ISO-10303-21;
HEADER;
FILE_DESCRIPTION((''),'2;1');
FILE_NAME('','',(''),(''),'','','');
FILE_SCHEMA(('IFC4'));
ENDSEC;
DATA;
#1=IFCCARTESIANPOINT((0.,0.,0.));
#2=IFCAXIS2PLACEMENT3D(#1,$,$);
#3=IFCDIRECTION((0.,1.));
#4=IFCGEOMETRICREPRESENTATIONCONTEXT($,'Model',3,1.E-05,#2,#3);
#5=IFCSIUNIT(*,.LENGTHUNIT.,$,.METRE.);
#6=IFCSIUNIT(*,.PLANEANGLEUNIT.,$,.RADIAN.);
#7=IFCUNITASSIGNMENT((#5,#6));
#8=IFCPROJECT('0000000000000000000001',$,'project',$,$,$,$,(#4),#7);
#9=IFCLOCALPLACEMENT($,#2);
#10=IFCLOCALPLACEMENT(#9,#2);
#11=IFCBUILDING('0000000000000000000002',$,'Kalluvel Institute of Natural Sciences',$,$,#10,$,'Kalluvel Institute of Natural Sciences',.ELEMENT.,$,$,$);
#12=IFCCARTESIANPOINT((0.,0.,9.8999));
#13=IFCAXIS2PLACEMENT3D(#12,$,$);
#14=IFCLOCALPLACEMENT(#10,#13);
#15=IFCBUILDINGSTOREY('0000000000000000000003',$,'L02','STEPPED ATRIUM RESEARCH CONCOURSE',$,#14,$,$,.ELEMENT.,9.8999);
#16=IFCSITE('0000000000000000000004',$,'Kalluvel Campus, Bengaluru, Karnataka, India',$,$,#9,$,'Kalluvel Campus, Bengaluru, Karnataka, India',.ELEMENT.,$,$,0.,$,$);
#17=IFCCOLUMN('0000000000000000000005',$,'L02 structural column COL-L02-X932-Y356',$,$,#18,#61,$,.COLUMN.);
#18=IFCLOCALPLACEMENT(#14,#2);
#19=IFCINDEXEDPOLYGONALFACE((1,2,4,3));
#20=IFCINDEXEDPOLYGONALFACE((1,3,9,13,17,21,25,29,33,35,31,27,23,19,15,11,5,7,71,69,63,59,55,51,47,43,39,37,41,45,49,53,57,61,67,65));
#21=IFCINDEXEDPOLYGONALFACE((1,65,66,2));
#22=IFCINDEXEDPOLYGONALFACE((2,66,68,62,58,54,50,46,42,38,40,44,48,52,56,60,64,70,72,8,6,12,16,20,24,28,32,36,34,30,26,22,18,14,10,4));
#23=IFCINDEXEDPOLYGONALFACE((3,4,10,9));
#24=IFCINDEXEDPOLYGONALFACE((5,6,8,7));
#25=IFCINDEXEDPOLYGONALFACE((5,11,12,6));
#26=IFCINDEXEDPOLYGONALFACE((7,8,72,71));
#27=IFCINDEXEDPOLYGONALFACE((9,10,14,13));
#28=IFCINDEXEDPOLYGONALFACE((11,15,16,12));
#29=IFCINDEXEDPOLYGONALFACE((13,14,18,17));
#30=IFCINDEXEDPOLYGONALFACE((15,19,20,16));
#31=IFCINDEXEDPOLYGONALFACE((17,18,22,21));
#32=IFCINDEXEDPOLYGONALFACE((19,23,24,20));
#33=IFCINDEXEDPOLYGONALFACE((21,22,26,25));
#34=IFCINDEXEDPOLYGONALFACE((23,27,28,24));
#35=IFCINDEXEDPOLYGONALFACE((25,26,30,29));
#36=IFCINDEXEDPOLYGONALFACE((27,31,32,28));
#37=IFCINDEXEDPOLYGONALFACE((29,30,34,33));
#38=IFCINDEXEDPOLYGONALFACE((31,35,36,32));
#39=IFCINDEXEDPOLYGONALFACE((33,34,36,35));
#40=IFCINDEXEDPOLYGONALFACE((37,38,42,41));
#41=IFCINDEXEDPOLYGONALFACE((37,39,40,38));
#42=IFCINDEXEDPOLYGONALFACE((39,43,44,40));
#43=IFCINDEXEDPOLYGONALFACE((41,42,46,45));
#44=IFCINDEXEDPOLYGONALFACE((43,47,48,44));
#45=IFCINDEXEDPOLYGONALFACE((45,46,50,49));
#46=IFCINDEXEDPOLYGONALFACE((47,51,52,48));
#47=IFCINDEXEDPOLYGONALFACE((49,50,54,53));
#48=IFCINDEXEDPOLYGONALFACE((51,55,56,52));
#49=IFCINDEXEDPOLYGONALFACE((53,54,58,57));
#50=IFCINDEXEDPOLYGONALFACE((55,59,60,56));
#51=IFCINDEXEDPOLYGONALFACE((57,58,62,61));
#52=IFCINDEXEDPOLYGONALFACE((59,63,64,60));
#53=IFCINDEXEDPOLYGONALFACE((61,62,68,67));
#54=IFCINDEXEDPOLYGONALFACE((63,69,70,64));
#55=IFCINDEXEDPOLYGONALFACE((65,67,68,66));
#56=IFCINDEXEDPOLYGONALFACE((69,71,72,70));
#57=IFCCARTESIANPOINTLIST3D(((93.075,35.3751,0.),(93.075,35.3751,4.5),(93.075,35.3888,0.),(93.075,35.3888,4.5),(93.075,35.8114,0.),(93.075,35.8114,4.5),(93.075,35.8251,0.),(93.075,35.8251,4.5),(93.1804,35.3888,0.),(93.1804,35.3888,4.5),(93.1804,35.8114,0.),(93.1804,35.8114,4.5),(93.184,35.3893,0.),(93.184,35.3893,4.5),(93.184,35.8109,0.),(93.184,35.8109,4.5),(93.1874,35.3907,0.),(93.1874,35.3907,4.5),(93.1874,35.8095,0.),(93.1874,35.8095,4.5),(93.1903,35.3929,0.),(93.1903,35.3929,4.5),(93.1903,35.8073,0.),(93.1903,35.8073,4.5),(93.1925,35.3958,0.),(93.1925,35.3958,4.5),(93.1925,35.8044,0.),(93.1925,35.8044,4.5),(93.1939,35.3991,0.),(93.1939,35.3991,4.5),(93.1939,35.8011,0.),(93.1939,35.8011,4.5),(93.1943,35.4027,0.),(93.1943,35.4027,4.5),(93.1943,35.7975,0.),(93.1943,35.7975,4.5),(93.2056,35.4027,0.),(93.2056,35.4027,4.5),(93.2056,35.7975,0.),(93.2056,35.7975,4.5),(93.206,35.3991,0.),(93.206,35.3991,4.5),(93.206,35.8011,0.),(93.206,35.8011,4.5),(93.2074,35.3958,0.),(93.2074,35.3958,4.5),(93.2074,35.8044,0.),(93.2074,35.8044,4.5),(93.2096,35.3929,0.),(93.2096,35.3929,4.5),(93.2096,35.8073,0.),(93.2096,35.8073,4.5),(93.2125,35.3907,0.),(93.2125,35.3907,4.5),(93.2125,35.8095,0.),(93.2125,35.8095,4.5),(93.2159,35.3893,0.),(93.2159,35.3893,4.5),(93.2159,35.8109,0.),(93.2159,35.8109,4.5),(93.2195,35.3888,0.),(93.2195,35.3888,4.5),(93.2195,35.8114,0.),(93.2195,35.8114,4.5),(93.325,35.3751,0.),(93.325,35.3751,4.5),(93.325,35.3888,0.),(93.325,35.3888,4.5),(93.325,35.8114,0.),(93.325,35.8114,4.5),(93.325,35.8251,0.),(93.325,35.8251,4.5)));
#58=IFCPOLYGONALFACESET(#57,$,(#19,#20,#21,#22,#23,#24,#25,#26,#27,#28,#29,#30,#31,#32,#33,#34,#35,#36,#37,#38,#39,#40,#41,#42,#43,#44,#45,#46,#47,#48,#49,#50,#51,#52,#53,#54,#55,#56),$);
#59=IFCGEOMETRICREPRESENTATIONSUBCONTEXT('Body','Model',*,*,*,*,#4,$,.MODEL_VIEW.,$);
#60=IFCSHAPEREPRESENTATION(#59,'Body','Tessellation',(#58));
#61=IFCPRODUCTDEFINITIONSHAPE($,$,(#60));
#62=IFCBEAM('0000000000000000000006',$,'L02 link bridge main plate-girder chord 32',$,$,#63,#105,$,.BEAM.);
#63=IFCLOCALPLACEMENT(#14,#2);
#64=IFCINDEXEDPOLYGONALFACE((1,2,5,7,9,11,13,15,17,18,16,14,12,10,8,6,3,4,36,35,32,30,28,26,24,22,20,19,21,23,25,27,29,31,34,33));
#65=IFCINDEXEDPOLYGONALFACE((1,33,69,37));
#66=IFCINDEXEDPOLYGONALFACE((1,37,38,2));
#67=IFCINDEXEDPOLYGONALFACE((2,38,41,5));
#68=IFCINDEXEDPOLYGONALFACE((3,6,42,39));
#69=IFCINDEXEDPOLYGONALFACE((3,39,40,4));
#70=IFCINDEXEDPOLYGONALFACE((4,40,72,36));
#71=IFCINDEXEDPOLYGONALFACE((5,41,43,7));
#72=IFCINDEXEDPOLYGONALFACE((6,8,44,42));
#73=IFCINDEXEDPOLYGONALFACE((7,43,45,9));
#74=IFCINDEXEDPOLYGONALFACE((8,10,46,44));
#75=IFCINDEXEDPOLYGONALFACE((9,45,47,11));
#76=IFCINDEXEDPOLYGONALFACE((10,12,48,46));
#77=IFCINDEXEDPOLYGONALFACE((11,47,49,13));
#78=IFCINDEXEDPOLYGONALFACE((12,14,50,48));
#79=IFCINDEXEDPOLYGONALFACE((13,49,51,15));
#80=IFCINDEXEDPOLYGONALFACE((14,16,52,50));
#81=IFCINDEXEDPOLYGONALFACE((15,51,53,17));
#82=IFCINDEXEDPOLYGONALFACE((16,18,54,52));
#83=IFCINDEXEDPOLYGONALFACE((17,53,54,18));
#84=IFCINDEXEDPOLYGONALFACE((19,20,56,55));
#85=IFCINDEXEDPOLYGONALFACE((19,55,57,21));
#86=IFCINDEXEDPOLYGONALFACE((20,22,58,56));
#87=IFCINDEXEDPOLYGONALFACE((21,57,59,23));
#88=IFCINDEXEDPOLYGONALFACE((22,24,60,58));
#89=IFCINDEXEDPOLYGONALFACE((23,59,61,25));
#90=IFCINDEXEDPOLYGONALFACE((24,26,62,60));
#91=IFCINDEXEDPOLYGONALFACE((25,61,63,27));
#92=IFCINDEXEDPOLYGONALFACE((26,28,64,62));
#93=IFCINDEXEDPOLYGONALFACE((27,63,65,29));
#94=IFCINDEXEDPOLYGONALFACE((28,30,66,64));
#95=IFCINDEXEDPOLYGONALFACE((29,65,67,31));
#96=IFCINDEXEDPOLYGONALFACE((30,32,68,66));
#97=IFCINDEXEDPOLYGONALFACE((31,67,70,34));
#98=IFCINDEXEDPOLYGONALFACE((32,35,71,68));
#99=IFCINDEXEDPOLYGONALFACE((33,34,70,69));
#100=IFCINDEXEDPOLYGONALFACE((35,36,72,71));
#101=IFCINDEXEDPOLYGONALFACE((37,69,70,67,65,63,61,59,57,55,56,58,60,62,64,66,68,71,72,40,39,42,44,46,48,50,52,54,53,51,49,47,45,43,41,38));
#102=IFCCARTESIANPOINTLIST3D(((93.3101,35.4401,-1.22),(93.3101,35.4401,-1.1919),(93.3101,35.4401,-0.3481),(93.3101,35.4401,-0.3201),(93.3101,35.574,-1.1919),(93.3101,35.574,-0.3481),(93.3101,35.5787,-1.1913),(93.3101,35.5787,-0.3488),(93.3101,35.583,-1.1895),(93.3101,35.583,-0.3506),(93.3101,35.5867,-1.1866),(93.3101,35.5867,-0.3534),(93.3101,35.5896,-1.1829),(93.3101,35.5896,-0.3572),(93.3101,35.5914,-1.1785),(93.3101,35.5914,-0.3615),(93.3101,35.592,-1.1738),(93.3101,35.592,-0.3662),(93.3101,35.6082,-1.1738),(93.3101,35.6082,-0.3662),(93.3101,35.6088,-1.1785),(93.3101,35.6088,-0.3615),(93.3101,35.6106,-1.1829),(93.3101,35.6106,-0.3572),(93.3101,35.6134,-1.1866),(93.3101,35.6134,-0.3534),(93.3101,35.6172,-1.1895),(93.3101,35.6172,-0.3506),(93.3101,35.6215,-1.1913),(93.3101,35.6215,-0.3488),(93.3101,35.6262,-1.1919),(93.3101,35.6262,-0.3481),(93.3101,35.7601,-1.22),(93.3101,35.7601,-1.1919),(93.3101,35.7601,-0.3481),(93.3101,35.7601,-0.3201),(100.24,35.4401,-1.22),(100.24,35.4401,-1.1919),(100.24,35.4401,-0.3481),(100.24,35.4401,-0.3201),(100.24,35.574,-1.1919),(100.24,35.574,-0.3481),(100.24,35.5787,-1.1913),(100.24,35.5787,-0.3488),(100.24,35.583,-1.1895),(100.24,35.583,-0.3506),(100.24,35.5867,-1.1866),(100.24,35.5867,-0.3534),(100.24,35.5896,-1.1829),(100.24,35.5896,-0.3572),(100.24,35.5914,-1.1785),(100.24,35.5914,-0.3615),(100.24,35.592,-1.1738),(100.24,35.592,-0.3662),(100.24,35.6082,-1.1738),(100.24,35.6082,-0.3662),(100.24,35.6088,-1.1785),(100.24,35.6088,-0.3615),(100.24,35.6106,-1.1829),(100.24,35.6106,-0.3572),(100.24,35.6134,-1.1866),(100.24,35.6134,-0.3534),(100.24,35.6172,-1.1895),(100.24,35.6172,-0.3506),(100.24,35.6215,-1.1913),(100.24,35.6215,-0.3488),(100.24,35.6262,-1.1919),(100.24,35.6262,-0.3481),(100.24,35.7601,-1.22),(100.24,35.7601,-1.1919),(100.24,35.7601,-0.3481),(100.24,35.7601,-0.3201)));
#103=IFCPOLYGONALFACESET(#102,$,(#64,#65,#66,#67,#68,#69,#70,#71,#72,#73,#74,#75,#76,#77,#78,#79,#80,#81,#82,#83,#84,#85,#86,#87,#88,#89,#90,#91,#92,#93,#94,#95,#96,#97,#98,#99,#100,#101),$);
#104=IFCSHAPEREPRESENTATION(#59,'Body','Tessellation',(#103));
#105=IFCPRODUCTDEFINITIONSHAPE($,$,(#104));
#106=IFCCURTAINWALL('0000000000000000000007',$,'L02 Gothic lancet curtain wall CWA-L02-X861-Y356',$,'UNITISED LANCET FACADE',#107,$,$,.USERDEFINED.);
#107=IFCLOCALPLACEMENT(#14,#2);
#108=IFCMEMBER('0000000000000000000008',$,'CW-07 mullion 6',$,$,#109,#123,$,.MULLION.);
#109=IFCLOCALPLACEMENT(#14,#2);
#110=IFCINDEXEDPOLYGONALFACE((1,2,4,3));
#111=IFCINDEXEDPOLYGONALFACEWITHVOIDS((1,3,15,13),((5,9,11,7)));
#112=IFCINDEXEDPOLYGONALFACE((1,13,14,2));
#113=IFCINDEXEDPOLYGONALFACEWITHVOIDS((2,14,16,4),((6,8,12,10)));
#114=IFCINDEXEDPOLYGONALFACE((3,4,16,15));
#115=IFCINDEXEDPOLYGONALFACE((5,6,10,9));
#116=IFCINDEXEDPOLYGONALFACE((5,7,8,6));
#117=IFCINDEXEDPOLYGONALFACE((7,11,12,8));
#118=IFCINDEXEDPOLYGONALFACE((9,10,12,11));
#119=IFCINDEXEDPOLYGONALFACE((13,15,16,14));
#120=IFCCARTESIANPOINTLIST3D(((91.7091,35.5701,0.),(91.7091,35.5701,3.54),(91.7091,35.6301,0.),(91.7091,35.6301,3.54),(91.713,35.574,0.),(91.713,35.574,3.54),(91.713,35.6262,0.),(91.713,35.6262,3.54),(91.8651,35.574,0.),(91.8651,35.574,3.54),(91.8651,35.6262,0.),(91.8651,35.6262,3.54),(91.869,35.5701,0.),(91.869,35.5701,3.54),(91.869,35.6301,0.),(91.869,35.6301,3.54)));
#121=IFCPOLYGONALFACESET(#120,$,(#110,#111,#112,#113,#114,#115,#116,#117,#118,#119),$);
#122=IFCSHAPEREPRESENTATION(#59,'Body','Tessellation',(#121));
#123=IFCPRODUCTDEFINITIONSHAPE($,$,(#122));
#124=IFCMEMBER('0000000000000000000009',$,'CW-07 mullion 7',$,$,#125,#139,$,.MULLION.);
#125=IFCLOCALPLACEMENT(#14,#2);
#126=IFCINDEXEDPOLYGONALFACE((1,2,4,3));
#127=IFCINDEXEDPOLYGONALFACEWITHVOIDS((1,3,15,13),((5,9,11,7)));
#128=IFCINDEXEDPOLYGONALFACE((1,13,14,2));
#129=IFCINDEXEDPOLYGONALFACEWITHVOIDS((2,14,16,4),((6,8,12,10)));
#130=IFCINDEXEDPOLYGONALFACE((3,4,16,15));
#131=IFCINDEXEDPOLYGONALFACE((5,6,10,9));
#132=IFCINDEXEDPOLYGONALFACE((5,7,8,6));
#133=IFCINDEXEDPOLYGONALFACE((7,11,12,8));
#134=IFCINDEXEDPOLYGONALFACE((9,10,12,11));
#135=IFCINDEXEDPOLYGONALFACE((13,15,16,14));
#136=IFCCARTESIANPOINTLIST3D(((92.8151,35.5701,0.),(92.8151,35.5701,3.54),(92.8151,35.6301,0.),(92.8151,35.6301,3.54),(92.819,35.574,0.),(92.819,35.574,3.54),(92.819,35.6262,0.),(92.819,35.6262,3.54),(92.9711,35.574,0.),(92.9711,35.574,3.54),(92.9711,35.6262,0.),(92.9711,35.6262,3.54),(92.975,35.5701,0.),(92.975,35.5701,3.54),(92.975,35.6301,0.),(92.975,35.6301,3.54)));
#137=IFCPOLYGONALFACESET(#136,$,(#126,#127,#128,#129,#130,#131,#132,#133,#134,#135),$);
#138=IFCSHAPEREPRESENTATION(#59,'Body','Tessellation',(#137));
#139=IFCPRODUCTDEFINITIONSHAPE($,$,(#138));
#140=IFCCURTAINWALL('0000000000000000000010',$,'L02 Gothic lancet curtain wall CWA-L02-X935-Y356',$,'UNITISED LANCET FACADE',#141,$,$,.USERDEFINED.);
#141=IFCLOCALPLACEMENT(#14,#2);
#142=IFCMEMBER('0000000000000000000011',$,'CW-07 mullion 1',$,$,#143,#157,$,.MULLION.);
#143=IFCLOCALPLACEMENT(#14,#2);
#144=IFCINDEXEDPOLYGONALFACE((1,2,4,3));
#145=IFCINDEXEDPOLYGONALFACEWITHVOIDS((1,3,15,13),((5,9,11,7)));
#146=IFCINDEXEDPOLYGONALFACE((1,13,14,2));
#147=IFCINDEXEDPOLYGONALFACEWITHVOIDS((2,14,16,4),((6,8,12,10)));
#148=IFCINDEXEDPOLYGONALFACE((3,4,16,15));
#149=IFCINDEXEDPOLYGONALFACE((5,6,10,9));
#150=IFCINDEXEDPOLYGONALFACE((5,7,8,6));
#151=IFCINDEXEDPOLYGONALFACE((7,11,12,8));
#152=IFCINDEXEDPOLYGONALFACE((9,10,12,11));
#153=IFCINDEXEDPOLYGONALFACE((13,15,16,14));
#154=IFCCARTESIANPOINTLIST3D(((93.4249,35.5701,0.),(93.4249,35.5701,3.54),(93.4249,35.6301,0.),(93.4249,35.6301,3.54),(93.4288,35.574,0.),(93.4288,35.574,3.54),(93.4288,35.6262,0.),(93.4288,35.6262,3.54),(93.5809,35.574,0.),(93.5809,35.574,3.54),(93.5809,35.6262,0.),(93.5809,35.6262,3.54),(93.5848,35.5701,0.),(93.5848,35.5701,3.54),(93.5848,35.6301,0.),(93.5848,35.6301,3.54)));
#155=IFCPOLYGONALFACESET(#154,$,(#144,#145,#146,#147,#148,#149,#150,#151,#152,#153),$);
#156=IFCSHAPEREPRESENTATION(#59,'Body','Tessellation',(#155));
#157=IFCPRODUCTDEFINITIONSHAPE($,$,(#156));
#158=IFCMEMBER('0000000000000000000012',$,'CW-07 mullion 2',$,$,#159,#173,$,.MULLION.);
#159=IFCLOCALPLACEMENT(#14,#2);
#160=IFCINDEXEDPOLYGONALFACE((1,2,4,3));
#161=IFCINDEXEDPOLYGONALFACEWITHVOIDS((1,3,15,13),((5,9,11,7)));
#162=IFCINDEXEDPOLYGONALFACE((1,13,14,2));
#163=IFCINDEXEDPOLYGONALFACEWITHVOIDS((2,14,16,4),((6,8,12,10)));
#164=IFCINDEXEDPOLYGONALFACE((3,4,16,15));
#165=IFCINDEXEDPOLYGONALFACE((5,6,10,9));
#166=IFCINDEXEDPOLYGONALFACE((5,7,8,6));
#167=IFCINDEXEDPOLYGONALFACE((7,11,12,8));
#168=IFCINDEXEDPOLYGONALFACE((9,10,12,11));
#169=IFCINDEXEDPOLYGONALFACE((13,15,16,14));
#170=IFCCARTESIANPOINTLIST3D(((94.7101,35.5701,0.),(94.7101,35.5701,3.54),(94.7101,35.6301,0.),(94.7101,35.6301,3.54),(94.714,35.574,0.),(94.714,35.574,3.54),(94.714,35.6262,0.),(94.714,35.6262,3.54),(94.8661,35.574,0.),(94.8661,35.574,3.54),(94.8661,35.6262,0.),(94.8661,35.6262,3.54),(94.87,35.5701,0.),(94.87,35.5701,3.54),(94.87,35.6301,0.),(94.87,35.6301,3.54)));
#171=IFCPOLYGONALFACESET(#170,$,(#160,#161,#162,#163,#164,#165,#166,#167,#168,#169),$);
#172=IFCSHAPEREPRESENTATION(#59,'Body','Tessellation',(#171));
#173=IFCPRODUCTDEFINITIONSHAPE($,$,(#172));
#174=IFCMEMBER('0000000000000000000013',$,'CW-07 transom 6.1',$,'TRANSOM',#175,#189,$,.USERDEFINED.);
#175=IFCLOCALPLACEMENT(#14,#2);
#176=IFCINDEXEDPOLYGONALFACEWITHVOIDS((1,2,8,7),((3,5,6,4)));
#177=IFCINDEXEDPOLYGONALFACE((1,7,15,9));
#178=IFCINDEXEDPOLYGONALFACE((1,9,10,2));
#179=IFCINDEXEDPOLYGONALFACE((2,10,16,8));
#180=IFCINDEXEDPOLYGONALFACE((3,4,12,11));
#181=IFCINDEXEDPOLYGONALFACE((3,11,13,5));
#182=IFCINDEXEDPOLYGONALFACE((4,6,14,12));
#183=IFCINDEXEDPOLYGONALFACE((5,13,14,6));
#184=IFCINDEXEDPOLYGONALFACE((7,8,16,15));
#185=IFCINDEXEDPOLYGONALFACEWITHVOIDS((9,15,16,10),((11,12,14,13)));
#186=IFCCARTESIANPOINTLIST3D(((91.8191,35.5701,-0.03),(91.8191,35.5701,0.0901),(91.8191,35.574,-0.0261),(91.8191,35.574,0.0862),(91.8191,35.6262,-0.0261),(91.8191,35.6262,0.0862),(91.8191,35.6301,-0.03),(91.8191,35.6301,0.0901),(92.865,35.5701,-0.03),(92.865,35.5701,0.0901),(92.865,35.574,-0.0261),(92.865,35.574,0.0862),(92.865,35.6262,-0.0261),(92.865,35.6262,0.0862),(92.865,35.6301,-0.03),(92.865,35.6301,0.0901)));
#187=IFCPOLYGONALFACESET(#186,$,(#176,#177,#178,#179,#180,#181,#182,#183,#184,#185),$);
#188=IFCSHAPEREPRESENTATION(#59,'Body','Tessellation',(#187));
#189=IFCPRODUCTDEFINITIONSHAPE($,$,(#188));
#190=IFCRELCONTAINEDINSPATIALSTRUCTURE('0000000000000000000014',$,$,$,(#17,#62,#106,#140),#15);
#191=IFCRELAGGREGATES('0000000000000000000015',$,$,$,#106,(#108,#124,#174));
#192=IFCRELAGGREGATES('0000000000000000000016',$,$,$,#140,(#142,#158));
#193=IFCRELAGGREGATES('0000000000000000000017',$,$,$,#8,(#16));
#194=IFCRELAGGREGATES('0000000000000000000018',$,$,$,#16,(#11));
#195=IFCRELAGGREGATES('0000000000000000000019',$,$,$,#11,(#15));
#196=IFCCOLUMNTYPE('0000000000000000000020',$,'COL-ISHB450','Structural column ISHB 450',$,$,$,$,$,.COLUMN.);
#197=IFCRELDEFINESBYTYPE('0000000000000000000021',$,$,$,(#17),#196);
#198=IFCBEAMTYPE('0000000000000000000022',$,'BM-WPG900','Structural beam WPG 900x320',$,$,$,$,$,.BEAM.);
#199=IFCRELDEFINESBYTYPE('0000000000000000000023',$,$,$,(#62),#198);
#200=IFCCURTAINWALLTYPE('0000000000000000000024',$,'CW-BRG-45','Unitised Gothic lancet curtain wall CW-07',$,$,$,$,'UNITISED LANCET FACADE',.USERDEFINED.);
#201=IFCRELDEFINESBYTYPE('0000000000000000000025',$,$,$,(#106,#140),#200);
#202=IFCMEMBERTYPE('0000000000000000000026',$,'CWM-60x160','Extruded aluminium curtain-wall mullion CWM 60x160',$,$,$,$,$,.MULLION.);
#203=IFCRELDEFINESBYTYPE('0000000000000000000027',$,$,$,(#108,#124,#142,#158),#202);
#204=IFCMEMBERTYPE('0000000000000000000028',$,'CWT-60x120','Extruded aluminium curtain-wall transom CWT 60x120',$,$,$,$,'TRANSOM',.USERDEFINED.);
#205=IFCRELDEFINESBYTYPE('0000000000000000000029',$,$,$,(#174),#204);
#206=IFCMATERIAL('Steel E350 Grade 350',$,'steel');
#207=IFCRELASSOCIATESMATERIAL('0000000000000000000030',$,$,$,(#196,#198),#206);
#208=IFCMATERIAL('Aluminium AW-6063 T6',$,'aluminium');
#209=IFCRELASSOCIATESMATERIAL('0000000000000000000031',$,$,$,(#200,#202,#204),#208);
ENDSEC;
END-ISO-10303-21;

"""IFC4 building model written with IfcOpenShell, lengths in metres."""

from ifc_helpers import new_model, si_unit, direction, frame, origin, origin_2d, place, context, subcontext, project, spatial, hollow_rectangle, i_section, extrude, material, material_profile, profile_set, type_object, element, aggregate, save


model = new_model("IFC4")

# Units and contexts
model_context = context("Model", 3, precision=1e-05, world=origin(), true_north=direction((0.0, 1.0)))
body_context = subcontext(model_context, "Body", "Model", "MODEL_VIEW")
ifc_project = project(units=[si_unit("LENGTHUNIT", "METRE"), si_unit("PLANEANGLEUNIT", "RADIAN")], contexts=[model_context])

# Site, building, storey
site_placement = place(None, origin())
site = spatial("IfcSite", under=ifc_project, at=site_placement, Name="Kalluvel Campus, Bengaluru, Karnataka, India", LongName="Kalluvel Campus, Bengaluru, Karnataka, India", CompositionType="ELEMENT", RefElevation=0.0)
building_placement = place(site_placement, origin())
building = spatial("IfcBuilding", under=site, at=building_placement, Name="Kalluvel Institute of Natural Sciences", LongName="Kalluvel Institute of Natural Sciences", CompositionType="ELEMENT")
storey_placement = place(building_placement, frame((0.0, 0.0, 9.8999)))
storey = spatial("IfcBuildingStorey", under=building, at=storey_placement, Name="L02", Description="STEPPED ATRIUM RESEARCH CONCOURSE", CompositionType="ELEMENT", Elevation=9.8999)

# Column
ifc_material_1 = material(Name="Steel E350 Grade 350", Category="steel")
ifc_material_profile_1 = material_profile(ifc_material_1, i_section(OverallWidth=0.25, OverallDepth=0.45, WebThickness=0.0112, FlangeThickness=0.0137, FilletRadius=0.0139, at=origin_2d()), Name="ISHB 450")
ifc_profile_set_1 = profile_set([ifc_material_profile_1], Name="Steel E350 Grade 350")
column_type = type_object("IfcColumnType", Name="COL-ISHB450", Description="Structural column ISHB 450", PredefinedType="COLUMN", material=ifc_profile_set_1)
column_placement = place(storey_placement, frame((93.2, 35.6001, 0.0), z_axis=(0.0, 0.0, 1.0), x_axis=(1.0, 0.0, 0.0)))
element("IfcColumn", 1, at=column_placement, inside=storey, type_object=column_type, Name="L02 structural column COL-L02-X932-Y356", PredefinedType="COLUMN", context=body_context, shape_type="SweptSolid", body=[
    extrude(i_section(OverallWidth=0.25, OverallDepth=0.45, WebThickness=0.0112, FlangeThickness=0.0137, FilletRadius=0.0139, at=origin_2d()), origin(), (0.0, 0.0, 1.0), 4.5),
])

# Beam
ifc_material_profile_2 = material_profile(ifc_material_1, i_section(OverallWidth=0.3201, OverallDepth=0.8999, WebThickness=0.0161, FlangeThickness=0.0281, FilletRadius=0.0181, at=origin_2d()), Name="WPG 900x320")
ifc_profile_set_2 = profile_set([ifc_material_profile_2], Name="Steel E350 Grade 350")
beam_type = type_object("IfcBeamType", Name="BM-WPG900", Description="Structural beam WPG 900x320", PredefinedType="BEAM", material=ifc_profile_set_2)
beam_placement = place(storey_placement, frame((93.3101, 35.6001, -0.77), z_axis=(1.0, 0.0, 0.0), x_axis=(0.0, 1.0, 0.0)))
element("IfcBeam", 2, at=beam_placement, inside=storey, type_object=beam_type, Name="L02 link bridge main plate-girder chord 32", PredefinedType="BEAM", context=body_context, shape_type="SweptSolid", body=[
    extrude(i_section(OverallWidth=0.3201, OverallDepth=0.8999, WebThickness=0.0161, FlangeThickness=0.0281, FilletRadius=0.0181, at=origin_2d()), origin(), (0.0, 0.0, 1.0), 6.9299),
])

# Curtain walls, members
ifc_material_2 = material(Name="Aluminium AW-6063 T6", Category="aluminium")
curtain_wall_type = type_object("IfcCurtainWallType", Name="CW-BRG-45", Description="Unitised Gothic lancet curtain wall CW-07", ElementType="UNITISED LANCET FACADE", PredefinedType="USERDEFINED", material=ifc_material_2)
curtain_wall_1_placement = place(storey_placement, origin())
curtain_wall_1 = element("IfcCurtainWall", 3, at=curtain_wall_1_placement, inside=storey, type_object=curtain_wall_type, Name="L02 Gothic lancet curtain wall CWA-L02-X861-Y356", ObjectType="UNITISED LANCET FACADE", PredefinedType="USERDEFINED")
ifc_material_profile_3 = material_profile(ifc_material_2, hollow_rectangle(XDim=0.0601, YDim=0.1599, WallThickness=0.0039, at=origin_2d()), Name="CWM 60x160")
ifc_profile_set_3 = profile_set([ifc_material_profile_3], Name="Aluminium AW-6063 T6")
member_type_1 = type_object("IfcMemberType", Name="CWM-60x160", Description="Extruded aluminium curtain-wall mullion CWM 60x160", PredefinedType="MULLION", material=ifc_profile_set_3)
member_1_placement = place(storey_placement, frame((91.7891, 35.6001, 0.0), z_axis=(0.0, 0.0, 1.0), x_axis=(0.0, 1.0, 0.0)))
member_1 = element("IfcMember", 4, at=member_1_placement, type_object=member_type_1, Name="CW-07 mullion 6", PredefinedType="MULLION", context=body_context, shape_type="SweptSolid", body=[
    extrude(hollow_rectangle(XDim=0.0601, YDim=0.1599, WallThickness=0.0039, at=origin_2d()), origin(), (0.0, 0.0, 1.0), 3.54),
])
member_2_placement = place(storey_placement, frame((92.895, 35.6001, 0.0), z_axis=(0.0, 0.0, 1.0), x_axis=(0.0, 1.0, 0.0)))
member_2 = element("IfcMember", 5, at=member_2_placement, type_object=member_type_1, Name="CW-07 mullion 7", PredefinedType="MULLION", context=body_context, shape_type="SweptSolid", body=[
    extrude(hollow_rectangle(XDim=0.0601, YDim=0.1599, WallThickness=0.0039, at=origin_2d()), origin(), (0.0, 0.0, 1.0), 3.54),
])
curtain_wall_2_placement = place(storey_placement, origin())
curtain_wall_2 = element("IfcCurtainWall", 6, at=curtain_wall_2_placement, inside=storey, type_object=curtain_wall_type, Name="L02 Gothic lancet curtain wall CWA-L02-X935-Y356", ObjectType="UNITISED LANCET FACADE", PredefinedType="USERDEFINED")
member_3_placement = place(storey_placement, frame((93.5049, 35.6001, 0.0), z_axis=(0.0, 0.0, 1.0), x_axis=(0.0, 1.0, 0.0)))
member_3 = element("IfcMember", 7, at=member_3_placement, type_object=member_type_1, Name="CW-07 mullion 1", PredefinedType="MULLION", context=body_context, shape_type="SweptSolid", body=[
    extrude(hollow_rectangle(XDim=0.0601, YDim=0.1599, WallThickness=0.0039, at=origin_2d()), origin(), (0.0, 0.0, 1.0), 3.54),
])
member_4_placement = place(storey_placement, frame((94.79, 35.6001, 0.0), z_axis=(0.0, 0.0, 1.0), x_axis=(0.0, 1.0, 0.0)))
member_4 = element("IfcMember", 8, at=member_4_placement, type_object=member_type_1, Name="CW-07 mullion 2", PredefinedType="MULLION", context=body_context, shape_type="SweptSolid", body=[
    extrude(hollow_rectangle(XDim=0.0601, YDim=0.1599, WallThickness=0.0039, at=origin_2d()), origin(), (0.0, 0.0, 1.0), 3.54),
])

# Member
ifc_material_profile_4 = material_profile(ifc_material_2, hollow_rectangle(XDim=0.0601, YDim=0.1201, WallThickness=0.0039, at=origin_2d()), Name="CWT 60x120")
ifc_profile_set_4 = profile_set([ifc_material_profile_4], Name="Aluminium AW-6063 T6")
member_type_2 = type_object("IfcMemberType", Name="CWT-60x120", Description="Extruded aluminium curtain-wall transom CWT 60x120", ElementType="TRANSOM", PredefinedType="USERDEFINED", material=ifc_profile_set_4)
member_5_placement = place(storey_placement, frame((91.8191, 35.6001, 0.03), z_axis=(1.0, 0.0, 0.0), x_axis=(0.0, 1.0, 0.0)))
member_5 = element("IfcMember", 9, at=member_5_placement, type_object=member_type_2, Name="CW-07 transom 6.1", ObjectType="TRANSOM", PredefinedType="USERDEFINED", context=body_context, shape_type="SweptSolid", body=[
    extrude(hollow_rectangle(XDim=0.0601, YDim=0.1201, WallThickness=0.0039, at=origin_2d()), origin(), (0.0, 0.0, 1.0), 1.0459),
])

aggregate(curtain_wall_1, [member_1, member_2, member_5])
aggregate(curtain_wall_2, [member_3, member_4])

save(model, "model.ifc")
